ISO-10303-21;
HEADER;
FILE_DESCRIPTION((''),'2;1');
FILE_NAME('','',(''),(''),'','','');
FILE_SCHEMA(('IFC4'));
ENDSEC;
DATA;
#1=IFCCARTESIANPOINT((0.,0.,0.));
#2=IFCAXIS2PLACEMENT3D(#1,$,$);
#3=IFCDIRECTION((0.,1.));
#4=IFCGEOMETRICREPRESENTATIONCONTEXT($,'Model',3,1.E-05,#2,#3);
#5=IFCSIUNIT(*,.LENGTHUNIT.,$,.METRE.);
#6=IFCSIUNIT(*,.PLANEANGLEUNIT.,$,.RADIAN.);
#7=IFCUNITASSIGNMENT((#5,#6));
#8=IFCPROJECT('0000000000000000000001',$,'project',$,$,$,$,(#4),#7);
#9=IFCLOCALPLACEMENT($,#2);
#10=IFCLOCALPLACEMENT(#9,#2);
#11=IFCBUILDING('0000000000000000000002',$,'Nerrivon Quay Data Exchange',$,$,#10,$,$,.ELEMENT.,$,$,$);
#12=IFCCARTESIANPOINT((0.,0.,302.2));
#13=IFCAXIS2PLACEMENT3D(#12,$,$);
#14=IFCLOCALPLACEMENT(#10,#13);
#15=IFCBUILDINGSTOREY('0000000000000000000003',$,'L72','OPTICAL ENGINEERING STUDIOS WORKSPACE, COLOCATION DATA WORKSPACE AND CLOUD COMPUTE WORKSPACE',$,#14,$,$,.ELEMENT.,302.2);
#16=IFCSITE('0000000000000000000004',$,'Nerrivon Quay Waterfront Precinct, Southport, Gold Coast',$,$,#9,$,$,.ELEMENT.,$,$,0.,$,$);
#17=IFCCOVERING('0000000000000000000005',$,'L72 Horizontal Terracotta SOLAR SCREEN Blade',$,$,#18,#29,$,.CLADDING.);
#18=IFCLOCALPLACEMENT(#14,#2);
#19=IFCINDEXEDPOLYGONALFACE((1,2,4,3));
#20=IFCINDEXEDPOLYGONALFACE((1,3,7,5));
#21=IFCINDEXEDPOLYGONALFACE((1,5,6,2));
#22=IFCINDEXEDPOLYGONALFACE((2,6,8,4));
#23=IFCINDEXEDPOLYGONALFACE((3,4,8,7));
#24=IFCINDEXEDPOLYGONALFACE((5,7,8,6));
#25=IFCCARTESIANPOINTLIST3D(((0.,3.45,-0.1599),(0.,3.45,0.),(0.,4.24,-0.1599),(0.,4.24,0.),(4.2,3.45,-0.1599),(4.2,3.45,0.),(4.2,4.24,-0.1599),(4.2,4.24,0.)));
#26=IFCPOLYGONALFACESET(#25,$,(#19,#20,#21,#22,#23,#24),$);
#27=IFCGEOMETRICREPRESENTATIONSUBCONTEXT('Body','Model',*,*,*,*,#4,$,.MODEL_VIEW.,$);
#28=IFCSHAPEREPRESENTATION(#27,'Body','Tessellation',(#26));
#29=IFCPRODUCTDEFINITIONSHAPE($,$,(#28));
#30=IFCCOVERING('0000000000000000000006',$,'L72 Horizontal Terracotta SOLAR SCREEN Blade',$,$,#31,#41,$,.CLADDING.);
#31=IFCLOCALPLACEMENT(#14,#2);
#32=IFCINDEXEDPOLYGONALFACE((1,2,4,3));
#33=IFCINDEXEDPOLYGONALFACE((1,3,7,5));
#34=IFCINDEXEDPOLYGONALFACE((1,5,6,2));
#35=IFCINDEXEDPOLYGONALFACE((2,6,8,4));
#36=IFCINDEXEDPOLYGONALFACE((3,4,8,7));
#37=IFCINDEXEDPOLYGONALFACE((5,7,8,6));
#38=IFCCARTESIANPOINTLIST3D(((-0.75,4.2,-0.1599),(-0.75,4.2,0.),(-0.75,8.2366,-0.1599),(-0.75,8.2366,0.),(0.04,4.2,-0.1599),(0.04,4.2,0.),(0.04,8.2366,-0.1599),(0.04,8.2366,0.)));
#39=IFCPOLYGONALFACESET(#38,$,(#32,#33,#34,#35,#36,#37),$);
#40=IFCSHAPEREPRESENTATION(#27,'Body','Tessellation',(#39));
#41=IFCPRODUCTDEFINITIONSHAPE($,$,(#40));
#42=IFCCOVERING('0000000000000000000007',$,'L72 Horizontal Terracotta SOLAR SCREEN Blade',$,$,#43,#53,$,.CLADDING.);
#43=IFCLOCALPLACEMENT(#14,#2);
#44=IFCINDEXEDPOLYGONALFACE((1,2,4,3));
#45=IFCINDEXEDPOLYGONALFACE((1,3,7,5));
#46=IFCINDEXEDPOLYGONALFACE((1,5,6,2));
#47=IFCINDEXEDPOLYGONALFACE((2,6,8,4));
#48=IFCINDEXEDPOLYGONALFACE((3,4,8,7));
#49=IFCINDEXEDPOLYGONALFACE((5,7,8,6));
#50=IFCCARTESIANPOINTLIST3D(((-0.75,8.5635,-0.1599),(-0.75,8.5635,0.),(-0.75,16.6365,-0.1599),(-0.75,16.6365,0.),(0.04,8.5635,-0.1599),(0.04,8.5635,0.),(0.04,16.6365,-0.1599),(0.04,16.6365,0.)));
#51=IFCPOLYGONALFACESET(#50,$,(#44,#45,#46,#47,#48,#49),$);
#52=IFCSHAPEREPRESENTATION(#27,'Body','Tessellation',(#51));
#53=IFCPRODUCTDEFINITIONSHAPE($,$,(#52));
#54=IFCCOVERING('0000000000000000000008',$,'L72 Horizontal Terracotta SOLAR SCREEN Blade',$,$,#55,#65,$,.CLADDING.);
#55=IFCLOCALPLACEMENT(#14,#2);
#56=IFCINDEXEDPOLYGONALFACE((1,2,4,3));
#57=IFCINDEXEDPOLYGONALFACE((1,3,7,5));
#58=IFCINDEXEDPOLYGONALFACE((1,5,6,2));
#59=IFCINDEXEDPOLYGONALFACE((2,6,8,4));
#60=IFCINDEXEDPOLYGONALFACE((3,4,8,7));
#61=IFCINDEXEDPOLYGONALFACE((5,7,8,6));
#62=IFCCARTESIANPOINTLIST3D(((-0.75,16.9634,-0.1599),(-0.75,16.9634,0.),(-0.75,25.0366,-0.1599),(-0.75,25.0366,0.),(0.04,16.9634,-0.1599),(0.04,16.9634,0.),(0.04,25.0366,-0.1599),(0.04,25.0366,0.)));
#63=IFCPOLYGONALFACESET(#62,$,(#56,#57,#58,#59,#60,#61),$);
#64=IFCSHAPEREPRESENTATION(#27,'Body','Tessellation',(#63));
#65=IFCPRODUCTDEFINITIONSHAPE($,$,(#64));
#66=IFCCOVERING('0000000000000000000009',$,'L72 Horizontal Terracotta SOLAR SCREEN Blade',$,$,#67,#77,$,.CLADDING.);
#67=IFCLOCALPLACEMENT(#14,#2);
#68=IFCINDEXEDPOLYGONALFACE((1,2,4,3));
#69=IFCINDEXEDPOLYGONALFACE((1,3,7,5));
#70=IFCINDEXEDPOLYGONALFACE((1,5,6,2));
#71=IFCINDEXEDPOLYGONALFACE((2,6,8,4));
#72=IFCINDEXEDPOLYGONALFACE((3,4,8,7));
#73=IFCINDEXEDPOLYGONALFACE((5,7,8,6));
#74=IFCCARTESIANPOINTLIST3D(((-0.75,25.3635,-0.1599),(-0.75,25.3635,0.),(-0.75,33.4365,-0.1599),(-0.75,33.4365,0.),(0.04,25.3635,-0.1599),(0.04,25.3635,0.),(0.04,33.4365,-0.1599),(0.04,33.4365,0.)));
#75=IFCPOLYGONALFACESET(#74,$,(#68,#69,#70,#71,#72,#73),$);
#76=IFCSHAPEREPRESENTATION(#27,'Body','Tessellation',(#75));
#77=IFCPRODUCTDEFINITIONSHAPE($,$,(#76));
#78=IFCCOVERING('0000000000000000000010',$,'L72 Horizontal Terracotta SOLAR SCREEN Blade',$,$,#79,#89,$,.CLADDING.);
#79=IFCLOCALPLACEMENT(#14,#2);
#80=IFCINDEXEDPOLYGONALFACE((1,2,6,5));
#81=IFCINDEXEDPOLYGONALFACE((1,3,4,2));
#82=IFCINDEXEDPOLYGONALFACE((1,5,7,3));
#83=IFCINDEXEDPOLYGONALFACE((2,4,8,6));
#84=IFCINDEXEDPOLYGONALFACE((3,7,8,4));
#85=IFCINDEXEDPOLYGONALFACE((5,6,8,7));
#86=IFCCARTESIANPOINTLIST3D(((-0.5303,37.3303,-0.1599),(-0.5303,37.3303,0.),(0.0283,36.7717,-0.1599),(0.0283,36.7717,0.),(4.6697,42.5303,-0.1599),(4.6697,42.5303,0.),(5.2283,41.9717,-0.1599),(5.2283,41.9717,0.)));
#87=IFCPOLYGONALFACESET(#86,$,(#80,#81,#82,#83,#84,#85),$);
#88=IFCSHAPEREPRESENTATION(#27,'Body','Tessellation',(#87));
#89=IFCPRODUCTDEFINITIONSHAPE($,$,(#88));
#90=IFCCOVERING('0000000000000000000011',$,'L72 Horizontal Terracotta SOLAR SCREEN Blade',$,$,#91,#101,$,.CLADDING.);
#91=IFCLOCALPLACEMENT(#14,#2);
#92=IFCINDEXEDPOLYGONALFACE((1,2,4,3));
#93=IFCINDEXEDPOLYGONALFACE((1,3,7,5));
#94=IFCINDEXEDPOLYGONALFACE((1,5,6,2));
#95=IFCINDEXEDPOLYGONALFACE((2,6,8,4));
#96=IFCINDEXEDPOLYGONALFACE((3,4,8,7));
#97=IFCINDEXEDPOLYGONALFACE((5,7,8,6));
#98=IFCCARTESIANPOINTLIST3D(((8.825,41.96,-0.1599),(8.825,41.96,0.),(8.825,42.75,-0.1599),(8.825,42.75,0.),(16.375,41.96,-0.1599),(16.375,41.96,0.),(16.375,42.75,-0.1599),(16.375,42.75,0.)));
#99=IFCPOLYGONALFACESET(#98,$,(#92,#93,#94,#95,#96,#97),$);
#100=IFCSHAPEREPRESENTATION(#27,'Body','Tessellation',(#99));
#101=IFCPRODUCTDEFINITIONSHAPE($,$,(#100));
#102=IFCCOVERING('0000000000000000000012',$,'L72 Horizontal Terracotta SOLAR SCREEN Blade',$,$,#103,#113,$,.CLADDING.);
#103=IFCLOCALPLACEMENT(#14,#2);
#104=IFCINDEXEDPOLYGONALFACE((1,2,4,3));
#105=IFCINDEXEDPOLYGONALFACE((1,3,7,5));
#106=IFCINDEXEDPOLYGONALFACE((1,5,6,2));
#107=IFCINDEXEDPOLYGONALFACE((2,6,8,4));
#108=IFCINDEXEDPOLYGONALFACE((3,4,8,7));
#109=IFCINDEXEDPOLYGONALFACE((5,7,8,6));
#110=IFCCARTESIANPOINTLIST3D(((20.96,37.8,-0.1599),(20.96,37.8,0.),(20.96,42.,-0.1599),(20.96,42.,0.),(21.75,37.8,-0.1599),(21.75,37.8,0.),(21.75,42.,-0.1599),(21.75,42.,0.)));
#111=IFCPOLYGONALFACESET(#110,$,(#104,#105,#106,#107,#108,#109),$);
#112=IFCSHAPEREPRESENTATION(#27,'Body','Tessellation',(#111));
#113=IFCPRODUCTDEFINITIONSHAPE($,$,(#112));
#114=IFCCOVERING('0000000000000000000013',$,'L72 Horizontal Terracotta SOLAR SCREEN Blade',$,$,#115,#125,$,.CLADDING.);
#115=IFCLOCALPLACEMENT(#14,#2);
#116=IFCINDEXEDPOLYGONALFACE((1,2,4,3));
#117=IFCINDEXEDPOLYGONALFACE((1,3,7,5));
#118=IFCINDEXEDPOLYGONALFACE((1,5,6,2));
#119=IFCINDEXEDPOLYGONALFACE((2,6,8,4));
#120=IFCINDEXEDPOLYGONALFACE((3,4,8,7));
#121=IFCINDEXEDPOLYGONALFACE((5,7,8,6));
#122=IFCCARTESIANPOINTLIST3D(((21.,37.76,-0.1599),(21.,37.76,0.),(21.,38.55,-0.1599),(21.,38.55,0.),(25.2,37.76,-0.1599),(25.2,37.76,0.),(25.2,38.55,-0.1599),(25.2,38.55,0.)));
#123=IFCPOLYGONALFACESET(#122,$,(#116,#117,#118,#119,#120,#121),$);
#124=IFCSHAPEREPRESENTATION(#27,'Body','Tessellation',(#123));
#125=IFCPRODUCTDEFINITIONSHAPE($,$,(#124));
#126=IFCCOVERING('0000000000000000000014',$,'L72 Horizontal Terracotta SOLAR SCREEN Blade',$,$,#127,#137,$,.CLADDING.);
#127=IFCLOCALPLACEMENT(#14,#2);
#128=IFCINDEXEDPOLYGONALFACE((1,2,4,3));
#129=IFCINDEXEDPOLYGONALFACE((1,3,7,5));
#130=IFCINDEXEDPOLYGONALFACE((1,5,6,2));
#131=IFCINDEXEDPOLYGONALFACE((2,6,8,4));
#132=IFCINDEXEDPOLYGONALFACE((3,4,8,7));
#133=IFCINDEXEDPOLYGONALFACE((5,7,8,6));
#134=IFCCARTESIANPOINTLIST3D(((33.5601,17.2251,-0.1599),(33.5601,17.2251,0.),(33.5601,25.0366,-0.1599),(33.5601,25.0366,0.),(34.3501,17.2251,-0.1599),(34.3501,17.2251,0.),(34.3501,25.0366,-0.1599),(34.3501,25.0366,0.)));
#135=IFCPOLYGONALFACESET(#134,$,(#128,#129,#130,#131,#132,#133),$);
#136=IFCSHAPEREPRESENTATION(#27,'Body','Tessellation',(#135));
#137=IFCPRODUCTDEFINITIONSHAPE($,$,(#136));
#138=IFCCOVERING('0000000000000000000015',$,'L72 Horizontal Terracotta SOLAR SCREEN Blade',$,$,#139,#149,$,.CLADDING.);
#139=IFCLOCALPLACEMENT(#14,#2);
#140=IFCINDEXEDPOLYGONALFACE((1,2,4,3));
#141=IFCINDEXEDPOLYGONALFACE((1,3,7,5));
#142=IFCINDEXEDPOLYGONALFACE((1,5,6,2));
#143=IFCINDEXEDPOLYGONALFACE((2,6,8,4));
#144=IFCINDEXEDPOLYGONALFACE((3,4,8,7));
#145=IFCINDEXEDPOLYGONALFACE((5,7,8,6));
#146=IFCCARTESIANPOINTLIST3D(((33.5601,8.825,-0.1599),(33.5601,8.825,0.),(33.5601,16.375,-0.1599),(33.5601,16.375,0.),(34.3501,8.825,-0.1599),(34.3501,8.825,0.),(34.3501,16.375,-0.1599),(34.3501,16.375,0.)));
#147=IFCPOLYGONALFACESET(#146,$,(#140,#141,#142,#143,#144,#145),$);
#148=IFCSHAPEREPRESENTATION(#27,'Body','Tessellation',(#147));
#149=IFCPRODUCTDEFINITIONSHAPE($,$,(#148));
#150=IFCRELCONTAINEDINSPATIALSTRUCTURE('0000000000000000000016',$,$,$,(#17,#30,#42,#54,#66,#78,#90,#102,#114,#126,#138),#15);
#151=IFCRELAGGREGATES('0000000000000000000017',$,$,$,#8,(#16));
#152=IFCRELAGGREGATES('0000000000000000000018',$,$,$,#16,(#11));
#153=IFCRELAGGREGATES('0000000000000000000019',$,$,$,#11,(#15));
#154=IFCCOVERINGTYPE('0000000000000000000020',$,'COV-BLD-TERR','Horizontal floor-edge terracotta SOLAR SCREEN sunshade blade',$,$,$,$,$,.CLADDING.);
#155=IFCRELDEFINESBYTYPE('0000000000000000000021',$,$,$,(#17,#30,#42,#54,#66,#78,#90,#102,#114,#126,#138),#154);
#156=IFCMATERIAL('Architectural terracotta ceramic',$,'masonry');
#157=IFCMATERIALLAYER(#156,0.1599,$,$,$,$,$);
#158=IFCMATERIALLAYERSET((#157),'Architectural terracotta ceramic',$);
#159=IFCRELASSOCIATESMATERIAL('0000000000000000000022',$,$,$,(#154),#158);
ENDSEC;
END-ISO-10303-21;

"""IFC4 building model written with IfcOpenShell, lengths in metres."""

from ifc_helpers import new_model, si_unit, direction, frame, origin, place, context, subcontext, project, spatial, polyline, outline, extrude, material, layer, layer_set, type_object, element, save


model = new_model("IFC4")

# Units and contexts
model_context = context("Model", 3, precision=1e-05, world=origin(), true_north=direction((0.0, 1.0)))
body_context = subcontext(model_context, "Body", "Model", "MODEL_VIEW")
ifc_project = project(units=[si_unit("LENGTHUNIT", "METRE"), si_unit("PLANEANGLEUNIT", "RADIAN")], contexts=[model_context])

# Site, building, storey
site_placement = place(None, origin())
site = spatial("IfcSite", under=ifc_project, at=site_placement, Name="Nerrivon Quay Waterfront Precinct, Southport, Gold Coast", CompositionType="ELEMENT", RefElevation=0.0)
building_placement = place(site_placement, origin())
building = spatial("IfcBuilding", under=site, at=building_placement, Name="Nerrivon Quay Data Exchange", CompositionType="ELEMENT")
storey_placement = place(building_placement, frame((0.0, 0.0, 302.2)))
storey = spatial("IfcBuildingStorey", under=building, at=storey_placement, Name="L72", Description="OPTICAL ENGINEERING STUDIOS WORKSPACE, COLOCATION DATA WORKSPACE AND CLOUD COMPUTE WORKSPACE", CompositionType="ELEMENT", Elevation=302.2)

# Coverings
ifc_material_1 = material(Name="Architectural terracotta ceramic", Category="masonry")
ifc_layer_1 = layer(ifc_material_1, 0.1599)
ifc_layer_set_1 = layer_set([ifc_layer_1], Name="Architectural terracotta ceramic")
covering_type = type_object("IfcCoveringType", Name="COV-BLD-TERR", Description="Horizontal floor-edge terracotta SOLAR SCREEN sunshade blade", PredefinedType="CLADDING", material=ifc_layer_set_1)
covering_1_placement = place(storey_placement, frame((0.0, 0.0, -0.1599)))
element("IfcCovering", 1, at=covering_1_placement, inside=storey, type_object=covering_type, Name="L72 Horizontal Terracotta SOLAR SCREEN Blade", PredefinedType="CLADDING", context=body_context, shape_type="SweptSolid", body=[
    extrude(outline(polyline([(4.2, 4.24), (0.0, 4.24), (0.0, 3.45), (4.2, 3.45), (4.2, 4.24)])), origin(), (0.0, 0.0, 1.0), 0.1599),
])
covering_2_placement = place(storey_placement, frame((0.0, 0.0, -0.1599)))
element("IfcCovering", 2, at=covering_2_placement, inside=storey, type_object=covering_type, Name="L72 Horizontal Terracotta SOLAR SCREEN Blade", PredefinedType="CLADDING", context=body_context, shape_type="SweptSolid", body=[
    extrude(outline(polyline([(0.04, 4.2), (0.04, 8.2366), (-0.75, 8.2366), (-0.75, 4.2), (0.04, 4.2)])), origin(), (0.0, 0.0, 1.0), 0.1599),
])
covering_3_placement = place(storey_placement, frame((0.0, 0.0, -0.1599)))
element("IfcCovering", 3, at=covering_3_placement, inside=storey, type_object=covering_type, Name="L72 Horizontal Terracotta SOLAR SCREEN Blade", PredefinedType="CLADDING", context=body_context, shape_type="SweptSolid", body=[
    extrude(outline(polyline([(0.04, 8.5635), (0.04, 16.6365), (-0.75, 16.6365), (-0.75, 8.5635), (0.04, 8.5635)])), origin(), (0.0, 0.0, 1.0), 0.1599),
])
covering_4_placement = place(storey_placement, frame((0.0, 0.0, -0.1599)))
element("IfcCovering", 4, at=covering_4_placement, inside=storey, type_object=covering_type, Name="L72 Horizontal Terracotta SOLAR SCREEN Blade", PredefinedType="CLADDING", context=body_context, shape_type="SweptSolid", body=[
    extrude(outline(polyline([(0.04, 16.9634), (0.04, 25.0366), (-0.75, 25.0366), (-0.75, 16.9634), (0.04, 16.9634)])), origin(), (0.0, 0.0, 1.0), 0.1599),
])
covering_5_placement = place(storey_placement, frame((0.0, 0.0, -0.1599)))
element("IfcCovering", 5, at=covering_5_placement, inside=storey, type_object=covering_type, Name="L72 Horizontal Terracotta SOLAR SCREEN Blade", PredefinedType="CLADDING", context=body_context, shape_type="SweptSolid", body=[
    extrude(outline(polyline([(0.04, 25.3635), (0.04, 33.4365), (-0.75, 33.4365), (-0.75, 25.3635), (0.04, 25.3635)])), origin(), (0.0, 0.0, 1.0), 0.1599),
])
covering_6_placement = place(storey_placement, frame((0.0, 0.0, -0.1599)))
element("IfcCovering", 6, at=covering_6_placement, inside=storey, type_object=covering_type, Name="L72 Horizontal Terracotta SOLAR SCREEN Blade", PredefinedType="CLADDING", context=body_context, shape_type="SweptSolid", body=[
    extrude(outline(polyline([(0.0283, 36.7717), (5.2283, 41.9717), (4.6697, 42.5303), (-0.5303, 37.3303), (0.0283, 36.7717)])), origin(), (0.0, 0.0, 1.0), 0.1599),
])
covering_7_placement = place(storey_placement, frame((0.0, 0.0, -0.1599)))
element("IfcCovering", 7, at=covering_7_placement, inside=storey, type_object=covering_type, Name="L72 Horizontal Terracotta SOLAR SCREEN Blade", PredefinedType="CLADDING", context=body_context, shape_type="SweptSolid", body=[
    extrude(outline(polyline([(8.825, 41.96), (16.375, 41.96), (16.375, 42.75), (8.825, 42.75), (8.825, 41.96)])), origin(), (0.0, 0.0, 1.0), 0.1599),
])
covering_8_placement = place(storey_placement, frame((0.0, 0.0, -0.1599)))
element("IfcCovering", 8, at=covering_8_placement, inside=storey, type_object=covering_type, Name="L72 Horizontal Terracotta SOLAR SCREEN Blade", PredefinedType="CLADDING", context=body_context, shape_type="SweptSolid", body=[
    extrude(outline(polyline([(20.96, 42.0), (20.96, 37.8), (21.75, 37.8), (21.75, 42.0), (20.96, 42.0)])), origin(), (0.0, 0.0, 1.0), 0.1599),
])
covering_9_placement = place(storey_placement, frame((0.0, 0.0, -0.1599)))
element("IfcCovering", 9, at=covering_9_placement, inside=storey, type_object=covering_type, Name="L72 Horizontal Terracotta SOLAR SCREEN Blade", PredefinedType="CLADDING", context=body_context, shape_type="SweptSolid", body=[
    extrude(outline(polyline([(21.0, 37.76), (25.2, 37.76), (25.2, 38.55), (21.0, 38.55), (21.0, 37.76)])), origin(), (0.0, 0.0, 1.0), 0.1599),
])
covering_10_placement = place(storey_placement, frame((0.0, 0.0, -0.1599)))
element("IfcCovering", 10, at=covering_10_placement, inside=storey, type_object=covering_type, Name="L72 Horizontal Terracotta SOLAR SCREEN Blade", PredefinedType="CLADDING", context=body_context, shape_type="SweptSolid", body=[
    extrude(outline(polyline([(33.5601, 25.0366), (33.5601, 17.2251), (34.3501, 17.2251), (34.3501, 25.0366), (33.5601, 25.0366)])), origin(), (0.0, 0.0, 1.0), 0.1599),
])
covering_11_placement = place(storey_placement, frame((0.0, 0.0, -0.1599)))
element("IfcCovering", 11, at=covering_11_placement, inside=storey, type_object=covering_type, Name="L72 Horizontal Terracotta SOLAR SCREEN Blade", PredefinedType="CLADDING", context=body_context, shape_type="SweptSolid", body=[
    extrude(outline(polyline([(33.5601, 16.375), (33.5601, 8.825), (34.3501, 8.825), (34.3501, 16.375), (33.5601, 16.375)])), origin(), (0.0, 0.0, 1.0), 0.1599),
])

save(model, "model.ifc")
